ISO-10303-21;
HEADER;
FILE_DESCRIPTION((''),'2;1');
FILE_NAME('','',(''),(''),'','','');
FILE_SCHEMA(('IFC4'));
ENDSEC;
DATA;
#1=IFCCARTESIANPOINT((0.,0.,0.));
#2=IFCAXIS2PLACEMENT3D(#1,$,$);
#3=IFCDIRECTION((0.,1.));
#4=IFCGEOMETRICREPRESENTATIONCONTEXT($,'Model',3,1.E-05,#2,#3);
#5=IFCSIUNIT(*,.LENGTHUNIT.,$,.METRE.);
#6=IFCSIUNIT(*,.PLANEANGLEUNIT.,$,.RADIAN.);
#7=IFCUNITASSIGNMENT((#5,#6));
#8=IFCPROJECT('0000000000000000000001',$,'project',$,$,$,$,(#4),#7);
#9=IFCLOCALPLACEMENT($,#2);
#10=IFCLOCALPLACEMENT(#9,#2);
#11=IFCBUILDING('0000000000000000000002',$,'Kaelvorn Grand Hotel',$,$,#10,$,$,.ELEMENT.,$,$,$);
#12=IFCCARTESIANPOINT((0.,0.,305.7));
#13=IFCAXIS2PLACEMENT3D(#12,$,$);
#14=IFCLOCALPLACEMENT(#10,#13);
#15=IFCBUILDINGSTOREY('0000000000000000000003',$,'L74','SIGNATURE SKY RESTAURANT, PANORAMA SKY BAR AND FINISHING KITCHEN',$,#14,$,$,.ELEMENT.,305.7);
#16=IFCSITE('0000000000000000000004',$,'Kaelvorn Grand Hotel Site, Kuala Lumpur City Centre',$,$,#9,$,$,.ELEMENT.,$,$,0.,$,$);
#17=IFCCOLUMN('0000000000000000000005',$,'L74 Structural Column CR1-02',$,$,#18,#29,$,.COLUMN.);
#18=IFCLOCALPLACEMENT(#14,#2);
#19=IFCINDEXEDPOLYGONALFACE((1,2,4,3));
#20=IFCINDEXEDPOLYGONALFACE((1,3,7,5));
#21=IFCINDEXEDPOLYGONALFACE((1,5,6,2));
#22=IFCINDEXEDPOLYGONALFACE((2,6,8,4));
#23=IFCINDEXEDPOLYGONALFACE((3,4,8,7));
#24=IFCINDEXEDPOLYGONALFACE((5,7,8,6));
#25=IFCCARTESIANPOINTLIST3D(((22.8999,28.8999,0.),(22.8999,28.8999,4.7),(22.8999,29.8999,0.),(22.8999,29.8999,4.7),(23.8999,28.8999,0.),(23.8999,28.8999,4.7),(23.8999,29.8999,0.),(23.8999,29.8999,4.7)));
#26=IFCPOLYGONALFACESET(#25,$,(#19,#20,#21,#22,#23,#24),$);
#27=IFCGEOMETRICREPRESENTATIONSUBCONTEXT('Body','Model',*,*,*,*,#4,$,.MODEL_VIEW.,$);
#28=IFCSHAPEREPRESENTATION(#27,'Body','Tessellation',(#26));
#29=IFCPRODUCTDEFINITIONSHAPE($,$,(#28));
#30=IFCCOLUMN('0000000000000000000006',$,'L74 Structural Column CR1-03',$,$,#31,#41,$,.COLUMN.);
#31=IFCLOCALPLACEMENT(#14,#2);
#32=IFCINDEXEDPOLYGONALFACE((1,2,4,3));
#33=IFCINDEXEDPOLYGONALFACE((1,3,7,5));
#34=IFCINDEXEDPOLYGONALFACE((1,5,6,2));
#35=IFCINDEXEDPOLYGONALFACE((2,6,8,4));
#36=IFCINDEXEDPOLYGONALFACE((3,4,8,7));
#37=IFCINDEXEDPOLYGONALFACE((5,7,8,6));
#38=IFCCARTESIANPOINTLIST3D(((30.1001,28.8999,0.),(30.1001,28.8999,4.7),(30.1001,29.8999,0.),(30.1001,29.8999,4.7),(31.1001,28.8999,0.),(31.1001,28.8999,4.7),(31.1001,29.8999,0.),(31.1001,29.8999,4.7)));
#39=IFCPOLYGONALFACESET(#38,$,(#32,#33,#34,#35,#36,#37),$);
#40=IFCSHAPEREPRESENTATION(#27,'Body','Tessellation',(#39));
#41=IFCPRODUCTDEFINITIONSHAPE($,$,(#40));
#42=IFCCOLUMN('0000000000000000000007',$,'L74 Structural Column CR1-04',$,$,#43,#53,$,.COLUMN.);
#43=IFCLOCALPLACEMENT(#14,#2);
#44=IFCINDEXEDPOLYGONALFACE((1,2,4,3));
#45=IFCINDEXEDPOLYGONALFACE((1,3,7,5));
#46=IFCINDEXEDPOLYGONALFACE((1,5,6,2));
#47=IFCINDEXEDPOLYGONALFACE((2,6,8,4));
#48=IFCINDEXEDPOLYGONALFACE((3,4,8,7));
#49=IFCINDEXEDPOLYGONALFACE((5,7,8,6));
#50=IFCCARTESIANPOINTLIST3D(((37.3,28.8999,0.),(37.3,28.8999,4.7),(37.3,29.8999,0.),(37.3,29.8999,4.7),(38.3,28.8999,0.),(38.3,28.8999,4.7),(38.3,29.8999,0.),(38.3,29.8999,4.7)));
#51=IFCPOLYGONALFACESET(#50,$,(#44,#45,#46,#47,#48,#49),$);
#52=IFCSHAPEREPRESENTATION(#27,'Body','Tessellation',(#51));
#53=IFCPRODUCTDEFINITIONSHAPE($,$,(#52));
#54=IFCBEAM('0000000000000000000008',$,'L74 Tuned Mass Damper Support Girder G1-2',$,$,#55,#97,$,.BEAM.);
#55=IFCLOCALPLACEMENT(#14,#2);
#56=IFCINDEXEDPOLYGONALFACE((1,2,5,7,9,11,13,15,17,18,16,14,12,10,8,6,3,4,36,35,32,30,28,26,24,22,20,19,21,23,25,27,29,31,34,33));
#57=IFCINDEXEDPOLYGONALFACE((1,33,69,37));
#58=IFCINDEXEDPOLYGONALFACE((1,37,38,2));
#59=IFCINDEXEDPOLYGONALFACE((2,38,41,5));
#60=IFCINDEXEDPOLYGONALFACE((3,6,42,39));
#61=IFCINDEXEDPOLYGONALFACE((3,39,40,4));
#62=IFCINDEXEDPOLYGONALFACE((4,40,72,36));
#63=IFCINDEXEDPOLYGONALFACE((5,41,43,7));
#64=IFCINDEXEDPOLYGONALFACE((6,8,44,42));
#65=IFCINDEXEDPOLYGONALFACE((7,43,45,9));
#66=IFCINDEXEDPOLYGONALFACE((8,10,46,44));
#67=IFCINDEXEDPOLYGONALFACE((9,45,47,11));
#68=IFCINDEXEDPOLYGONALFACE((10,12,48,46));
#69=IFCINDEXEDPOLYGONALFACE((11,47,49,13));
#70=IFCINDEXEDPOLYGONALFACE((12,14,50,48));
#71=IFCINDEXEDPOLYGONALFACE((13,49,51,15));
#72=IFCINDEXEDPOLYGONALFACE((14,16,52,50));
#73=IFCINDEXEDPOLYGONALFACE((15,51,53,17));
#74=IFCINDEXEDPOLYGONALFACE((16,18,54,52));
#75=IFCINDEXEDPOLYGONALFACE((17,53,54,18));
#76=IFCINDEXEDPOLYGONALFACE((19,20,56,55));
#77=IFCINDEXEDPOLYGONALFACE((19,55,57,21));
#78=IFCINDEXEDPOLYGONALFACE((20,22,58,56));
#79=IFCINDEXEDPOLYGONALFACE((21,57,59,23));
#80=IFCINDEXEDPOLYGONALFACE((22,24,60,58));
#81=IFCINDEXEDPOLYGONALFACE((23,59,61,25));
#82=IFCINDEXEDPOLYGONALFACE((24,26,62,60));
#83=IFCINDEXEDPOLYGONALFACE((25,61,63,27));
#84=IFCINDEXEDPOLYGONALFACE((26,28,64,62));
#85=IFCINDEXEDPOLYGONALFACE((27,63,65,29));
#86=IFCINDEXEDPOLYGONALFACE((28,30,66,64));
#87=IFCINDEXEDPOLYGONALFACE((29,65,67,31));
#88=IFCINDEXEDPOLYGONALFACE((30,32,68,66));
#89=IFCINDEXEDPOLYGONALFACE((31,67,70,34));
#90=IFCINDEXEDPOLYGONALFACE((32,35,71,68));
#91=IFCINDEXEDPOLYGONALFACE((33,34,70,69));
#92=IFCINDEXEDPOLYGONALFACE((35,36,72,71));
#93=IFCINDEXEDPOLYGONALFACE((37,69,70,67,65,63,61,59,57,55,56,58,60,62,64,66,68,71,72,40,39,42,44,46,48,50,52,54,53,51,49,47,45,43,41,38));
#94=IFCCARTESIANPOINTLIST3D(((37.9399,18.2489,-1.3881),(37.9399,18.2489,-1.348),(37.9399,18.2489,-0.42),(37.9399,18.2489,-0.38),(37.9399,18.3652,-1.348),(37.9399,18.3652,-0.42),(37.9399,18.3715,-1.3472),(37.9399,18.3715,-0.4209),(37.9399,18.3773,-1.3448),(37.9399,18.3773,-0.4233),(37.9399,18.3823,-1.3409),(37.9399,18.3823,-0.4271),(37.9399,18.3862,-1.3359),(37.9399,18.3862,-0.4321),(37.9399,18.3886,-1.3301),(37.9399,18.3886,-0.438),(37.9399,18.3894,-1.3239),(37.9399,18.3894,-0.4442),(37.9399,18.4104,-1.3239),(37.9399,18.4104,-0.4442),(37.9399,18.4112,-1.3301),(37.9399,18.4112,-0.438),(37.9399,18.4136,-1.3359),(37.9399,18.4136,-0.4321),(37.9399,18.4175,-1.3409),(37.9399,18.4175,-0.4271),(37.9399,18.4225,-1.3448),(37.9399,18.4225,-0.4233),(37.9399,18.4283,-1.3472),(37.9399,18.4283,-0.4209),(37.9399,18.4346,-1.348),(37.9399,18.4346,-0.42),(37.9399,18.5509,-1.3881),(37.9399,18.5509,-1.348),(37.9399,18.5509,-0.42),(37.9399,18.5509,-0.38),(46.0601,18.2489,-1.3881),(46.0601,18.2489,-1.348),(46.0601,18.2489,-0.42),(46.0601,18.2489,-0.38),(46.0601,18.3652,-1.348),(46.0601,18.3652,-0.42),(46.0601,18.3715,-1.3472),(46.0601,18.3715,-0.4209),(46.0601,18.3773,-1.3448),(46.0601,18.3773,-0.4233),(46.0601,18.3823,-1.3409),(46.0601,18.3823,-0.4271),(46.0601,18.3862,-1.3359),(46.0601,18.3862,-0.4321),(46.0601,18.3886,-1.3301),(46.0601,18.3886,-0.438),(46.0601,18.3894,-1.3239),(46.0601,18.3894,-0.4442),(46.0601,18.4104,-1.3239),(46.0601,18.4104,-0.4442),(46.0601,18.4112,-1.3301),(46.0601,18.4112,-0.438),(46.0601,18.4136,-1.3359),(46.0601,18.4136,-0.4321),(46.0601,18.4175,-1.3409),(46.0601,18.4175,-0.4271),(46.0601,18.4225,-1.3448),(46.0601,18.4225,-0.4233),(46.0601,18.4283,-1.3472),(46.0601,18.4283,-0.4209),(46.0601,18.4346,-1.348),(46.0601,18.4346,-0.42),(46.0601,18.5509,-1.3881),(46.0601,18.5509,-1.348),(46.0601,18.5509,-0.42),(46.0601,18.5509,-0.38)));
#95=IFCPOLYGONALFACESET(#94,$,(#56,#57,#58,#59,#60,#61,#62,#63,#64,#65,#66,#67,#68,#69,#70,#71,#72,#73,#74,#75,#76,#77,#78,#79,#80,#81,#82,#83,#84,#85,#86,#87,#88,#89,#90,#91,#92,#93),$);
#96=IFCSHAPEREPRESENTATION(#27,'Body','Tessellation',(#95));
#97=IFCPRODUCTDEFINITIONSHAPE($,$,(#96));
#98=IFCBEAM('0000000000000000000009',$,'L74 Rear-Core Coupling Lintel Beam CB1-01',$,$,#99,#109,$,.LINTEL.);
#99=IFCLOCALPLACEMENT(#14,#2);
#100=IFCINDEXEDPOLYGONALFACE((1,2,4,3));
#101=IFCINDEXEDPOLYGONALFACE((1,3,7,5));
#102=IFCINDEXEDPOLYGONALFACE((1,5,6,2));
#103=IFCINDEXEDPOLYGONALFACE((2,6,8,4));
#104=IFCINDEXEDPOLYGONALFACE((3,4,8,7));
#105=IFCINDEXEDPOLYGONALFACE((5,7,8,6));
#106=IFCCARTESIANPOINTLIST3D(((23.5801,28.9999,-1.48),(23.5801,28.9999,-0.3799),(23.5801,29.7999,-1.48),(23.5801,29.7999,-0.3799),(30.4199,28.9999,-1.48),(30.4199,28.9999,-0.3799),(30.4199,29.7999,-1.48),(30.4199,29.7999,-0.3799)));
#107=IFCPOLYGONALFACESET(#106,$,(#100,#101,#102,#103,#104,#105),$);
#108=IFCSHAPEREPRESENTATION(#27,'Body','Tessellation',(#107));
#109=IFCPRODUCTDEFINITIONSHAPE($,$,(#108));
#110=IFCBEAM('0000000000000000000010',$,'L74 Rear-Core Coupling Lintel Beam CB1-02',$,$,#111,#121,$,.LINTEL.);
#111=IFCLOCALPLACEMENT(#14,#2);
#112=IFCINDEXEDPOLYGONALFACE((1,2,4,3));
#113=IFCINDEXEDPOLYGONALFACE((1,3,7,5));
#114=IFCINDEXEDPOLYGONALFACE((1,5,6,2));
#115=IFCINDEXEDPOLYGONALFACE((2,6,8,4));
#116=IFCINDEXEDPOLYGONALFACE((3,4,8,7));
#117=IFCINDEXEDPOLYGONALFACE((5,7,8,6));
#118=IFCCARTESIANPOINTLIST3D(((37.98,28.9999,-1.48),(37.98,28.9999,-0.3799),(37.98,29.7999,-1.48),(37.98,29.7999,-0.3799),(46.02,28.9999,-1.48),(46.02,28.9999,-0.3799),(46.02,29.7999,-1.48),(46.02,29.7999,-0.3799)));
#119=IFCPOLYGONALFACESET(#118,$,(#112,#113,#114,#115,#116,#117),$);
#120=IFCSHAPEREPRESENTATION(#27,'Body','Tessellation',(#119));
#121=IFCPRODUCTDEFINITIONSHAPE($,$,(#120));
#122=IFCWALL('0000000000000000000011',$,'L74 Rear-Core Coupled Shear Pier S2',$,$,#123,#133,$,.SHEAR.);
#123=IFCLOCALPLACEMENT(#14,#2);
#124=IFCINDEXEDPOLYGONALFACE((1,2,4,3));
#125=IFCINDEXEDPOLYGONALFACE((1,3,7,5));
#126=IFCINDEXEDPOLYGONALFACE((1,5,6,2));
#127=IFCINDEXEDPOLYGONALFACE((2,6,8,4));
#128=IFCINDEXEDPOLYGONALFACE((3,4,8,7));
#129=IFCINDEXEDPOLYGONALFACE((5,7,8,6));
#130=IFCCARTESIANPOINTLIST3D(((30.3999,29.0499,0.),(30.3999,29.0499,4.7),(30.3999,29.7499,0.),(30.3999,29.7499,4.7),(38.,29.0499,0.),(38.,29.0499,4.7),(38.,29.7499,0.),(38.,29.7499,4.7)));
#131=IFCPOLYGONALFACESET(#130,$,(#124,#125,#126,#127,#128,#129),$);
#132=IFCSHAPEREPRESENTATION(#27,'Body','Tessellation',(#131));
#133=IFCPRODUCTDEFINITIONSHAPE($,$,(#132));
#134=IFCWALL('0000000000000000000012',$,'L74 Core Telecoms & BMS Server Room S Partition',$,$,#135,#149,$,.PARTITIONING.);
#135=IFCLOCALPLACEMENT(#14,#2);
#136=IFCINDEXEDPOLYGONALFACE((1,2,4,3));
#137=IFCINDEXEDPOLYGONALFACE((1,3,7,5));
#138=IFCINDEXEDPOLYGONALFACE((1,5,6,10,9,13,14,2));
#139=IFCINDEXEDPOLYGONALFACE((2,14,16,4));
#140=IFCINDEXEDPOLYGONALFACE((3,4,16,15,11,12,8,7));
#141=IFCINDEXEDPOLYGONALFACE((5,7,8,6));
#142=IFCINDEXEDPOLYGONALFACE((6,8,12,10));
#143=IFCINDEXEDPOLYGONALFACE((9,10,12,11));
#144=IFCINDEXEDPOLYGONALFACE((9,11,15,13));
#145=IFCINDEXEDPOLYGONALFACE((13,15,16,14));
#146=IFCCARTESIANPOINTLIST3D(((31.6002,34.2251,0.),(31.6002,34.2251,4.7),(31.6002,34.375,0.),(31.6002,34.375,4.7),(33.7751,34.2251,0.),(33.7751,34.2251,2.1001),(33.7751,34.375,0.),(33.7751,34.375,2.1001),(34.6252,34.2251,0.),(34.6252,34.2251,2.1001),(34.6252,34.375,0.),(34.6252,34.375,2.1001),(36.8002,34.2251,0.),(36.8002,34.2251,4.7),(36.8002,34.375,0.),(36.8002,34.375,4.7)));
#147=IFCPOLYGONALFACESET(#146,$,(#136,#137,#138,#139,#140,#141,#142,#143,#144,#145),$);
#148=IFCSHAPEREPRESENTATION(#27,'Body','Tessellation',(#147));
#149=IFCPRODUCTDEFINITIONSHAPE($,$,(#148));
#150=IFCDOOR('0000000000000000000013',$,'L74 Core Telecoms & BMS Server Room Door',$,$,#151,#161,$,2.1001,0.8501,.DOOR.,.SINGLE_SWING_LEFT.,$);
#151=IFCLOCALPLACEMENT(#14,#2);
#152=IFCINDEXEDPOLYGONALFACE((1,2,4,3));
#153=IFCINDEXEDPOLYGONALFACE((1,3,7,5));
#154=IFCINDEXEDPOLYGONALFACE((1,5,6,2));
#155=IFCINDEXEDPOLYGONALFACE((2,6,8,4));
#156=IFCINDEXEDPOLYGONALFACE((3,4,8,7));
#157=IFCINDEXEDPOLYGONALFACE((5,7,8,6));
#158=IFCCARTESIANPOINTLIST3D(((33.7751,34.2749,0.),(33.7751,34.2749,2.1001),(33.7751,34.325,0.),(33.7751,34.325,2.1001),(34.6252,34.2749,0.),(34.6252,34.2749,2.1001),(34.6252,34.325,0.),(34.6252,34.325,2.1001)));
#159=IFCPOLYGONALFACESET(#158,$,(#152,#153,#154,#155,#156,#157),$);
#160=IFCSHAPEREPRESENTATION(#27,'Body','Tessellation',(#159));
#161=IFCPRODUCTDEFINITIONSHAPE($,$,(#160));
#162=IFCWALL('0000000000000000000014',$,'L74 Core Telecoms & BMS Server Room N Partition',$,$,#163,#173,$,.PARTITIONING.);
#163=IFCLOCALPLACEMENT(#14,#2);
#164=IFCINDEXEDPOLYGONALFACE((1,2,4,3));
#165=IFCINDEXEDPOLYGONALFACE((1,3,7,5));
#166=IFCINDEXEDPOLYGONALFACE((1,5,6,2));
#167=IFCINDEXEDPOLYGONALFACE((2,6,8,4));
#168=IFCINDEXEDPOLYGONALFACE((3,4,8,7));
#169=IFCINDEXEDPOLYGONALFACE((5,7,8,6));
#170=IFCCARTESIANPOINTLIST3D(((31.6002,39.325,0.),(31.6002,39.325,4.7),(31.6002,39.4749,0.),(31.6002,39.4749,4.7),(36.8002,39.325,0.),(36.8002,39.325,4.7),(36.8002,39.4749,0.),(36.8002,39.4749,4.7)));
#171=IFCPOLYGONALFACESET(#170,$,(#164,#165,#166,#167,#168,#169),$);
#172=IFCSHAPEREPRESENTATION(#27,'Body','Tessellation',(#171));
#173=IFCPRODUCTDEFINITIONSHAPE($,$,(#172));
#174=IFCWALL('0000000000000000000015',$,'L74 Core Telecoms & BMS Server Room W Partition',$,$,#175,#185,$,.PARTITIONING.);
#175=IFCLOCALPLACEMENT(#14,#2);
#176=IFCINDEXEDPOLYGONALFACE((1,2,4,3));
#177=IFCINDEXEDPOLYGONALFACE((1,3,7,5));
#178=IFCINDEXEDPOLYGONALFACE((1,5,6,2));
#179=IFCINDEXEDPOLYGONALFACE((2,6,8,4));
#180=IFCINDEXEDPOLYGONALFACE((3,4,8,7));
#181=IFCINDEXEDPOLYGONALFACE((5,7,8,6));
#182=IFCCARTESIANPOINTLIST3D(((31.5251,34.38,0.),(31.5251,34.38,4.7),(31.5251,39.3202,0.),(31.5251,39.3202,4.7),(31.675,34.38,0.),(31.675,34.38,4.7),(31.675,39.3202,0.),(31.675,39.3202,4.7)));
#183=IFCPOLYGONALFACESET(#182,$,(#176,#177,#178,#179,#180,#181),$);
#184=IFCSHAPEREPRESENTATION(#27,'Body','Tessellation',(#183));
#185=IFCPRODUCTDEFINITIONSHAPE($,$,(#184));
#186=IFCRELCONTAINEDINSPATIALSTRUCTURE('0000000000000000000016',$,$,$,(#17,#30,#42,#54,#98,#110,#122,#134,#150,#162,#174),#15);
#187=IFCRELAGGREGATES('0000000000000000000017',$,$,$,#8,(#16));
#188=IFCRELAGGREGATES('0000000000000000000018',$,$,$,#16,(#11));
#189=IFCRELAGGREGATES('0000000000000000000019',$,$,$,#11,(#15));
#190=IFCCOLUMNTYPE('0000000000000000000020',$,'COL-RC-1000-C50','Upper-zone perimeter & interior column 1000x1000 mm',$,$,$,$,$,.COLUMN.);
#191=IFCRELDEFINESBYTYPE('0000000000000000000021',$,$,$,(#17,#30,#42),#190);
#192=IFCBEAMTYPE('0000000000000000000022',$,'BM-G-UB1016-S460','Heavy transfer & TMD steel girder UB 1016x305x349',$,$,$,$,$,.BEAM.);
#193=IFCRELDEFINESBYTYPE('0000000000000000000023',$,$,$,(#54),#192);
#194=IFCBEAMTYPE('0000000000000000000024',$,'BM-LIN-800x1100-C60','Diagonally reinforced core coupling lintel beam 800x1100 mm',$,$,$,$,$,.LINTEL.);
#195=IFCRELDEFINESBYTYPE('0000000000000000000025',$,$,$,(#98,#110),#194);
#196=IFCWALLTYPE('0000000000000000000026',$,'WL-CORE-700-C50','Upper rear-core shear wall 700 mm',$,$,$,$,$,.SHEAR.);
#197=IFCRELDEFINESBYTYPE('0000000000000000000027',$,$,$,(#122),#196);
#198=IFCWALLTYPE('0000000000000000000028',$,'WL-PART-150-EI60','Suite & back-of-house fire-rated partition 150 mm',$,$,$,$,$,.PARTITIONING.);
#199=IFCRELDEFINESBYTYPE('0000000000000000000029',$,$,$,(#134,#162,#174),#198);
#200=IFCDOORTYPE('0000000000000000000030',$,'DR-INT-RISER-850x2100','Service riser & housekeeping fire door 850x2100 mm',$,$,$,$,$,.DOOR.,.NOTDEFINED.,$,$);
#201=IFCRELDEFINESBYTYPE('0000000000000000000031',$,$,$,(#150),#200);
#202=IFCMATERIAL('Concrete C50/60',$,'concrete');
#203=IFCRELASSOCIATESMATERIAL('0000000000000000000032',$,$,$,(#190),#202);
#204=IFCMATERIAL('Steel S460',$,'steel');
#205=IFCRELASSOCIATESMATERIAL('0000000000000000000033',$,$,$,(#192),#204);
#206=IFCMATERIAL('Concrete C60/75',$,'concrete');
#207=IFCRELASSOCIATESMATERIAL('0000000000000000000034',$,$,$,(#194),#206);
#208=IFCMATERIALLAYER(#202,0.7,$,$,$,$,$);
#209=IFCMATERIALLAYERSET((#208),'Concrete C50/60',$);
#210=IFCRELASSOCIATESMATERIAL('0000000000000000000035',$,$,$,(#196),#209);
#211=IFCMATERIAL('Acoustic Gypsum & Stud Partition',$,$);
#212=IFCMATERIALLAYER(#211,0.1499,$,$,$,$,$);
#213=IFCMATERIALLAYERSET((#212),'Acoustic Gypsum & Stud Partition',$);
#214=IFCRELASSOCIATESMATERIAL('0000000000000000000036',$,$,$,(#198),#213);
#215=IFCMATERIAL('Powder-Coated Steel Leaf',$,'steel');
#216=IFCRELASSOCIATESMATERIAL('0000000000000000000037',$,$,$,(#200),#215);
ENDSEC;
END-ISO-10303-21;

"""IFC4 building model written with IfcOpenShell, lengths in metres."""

from ifc_helpers import new_model, si_unit, direction, frame, frame_2d, origin, origin_2d, place, context, subcontext, project, spatial, rectangle, i_section, extrude, material, layer, layer_set, material_profile, profile_set, type_object, element, fill, save


model = new_model("IFC4")

# Units and contexts
model_context = context("Model", 3, precision=1e-05, world=origin(), true_north=direction((0.0, 1.0)))
body_context = subcontext(model_context, "Body", "Model", "MODEL_VIEW")
ifc_project = project(units=[si_unit("LENGTHUNIT", "METRE"), si_unit("PLANEANGLEUNIT", "RADIAN")], contexts=[model_context])

# Site, building, storey
site_placement = place(None, origin())
site = spatial("IfcSite", under=ifc_project, at=site_placement, Name="Kaelvorn Grand Hotel Site, Kuala Lumpur City Centre", CompositionType="ELEMENT", RefElevation=0.0)
building_placement = place(site_placement, origin())
building = spatial("IfcBuilding", under=site, at=building_placement, Name="Kaelvorn Grand Hotel", CompositionType="ELEMENT")
storey_placement = place(building_placement, frame((0.0, 0.0, 305.7)))
storey = spatial("IfcBuildingStorey", under=building, at=storey_placement, Name="L74", Description="SIGNATURE SKY RESTAURANT, PANORAMA SKY BAR AND FINISHING KITCHEN", CompositionType="ELEMENT", Elevation=305.7)

# Columns
ifc_material_1 = material(Name="Concrete C50/60", Category="concrete")
ifc_material_profile_1 = material_profile(ifc_material_1, rectangle(XDim=1.0, YDim=1.0, at=origin_2d()), Name="RC COL 1000x1000")
ifc_profile_set_1 = profile_set([ifc_material_profile_1], Name="Concrete C50/60")
column_type = type_object("IfcColumnType", Name="COL-RC-1000-C50", Description="Upper-zone perimeter & interior column 1000x1000 mm", PredefinedType="COLUMN", material=ifc_profile_set_1)
for number, where, z_axis, x_axis, name in (
    (1, (23.3999, 29.3999, 0.0), (0.0, 0.0, 1.0), (1.0, 0.0, 0.0), "L74 Structural Column CR1-02"),
    (2, (30.6001, 29.3999, 0.0), (0.0, 0.0, 1.0), (1.0, 0.0, 0.0), "L74 Structural Column CR1-03"),
    (3, (37.8, 29.3999, 0.0), (0.0, 0.0, 1.0), (1.0, 0.0, 0.0), "L74 Structural Column CR1-04"),
):
    element("IfcColumn", number, at=place(storey_placement, frame(where, z_axis=z_axis, x_axis=x_axis)), inside=storey, type_object=column_type, Name=name, PredefinedType="COLUMN", context=body_context, shape_type="SweptSolid", body=[
        extrude(rectangle(XDim=1.0, YDim=1.0, at=origin_2d()), origin(), (0.0, 0.0, 1.0), 4.7),
    ])

# Beams
ifc_material_2 = material(Name="Steel S460", Category="steel")
ifc_material_profile_2 = material_profile(ifc_material_2, i_section(OverallWidth=0.302, OverallDepth=1.0081, WebThickness=0.021, FlangeThickness=0.04, FilletRadius=0.0242, at=origin_2d()), Name="UB 1016x305x349")
ifc_profile_set_2 = profile_set([ifc_material_profile_2], Name="Steel S460")
beam_type_1 = type_object("IfcBeamType", Name="BM-G-UB1016-S460", Description="Heavy transfer & TMD steel girder UB 1016x305x349", PredefinedType="BEAM", material=ifc_profile_set_2)
beam_1_placement = place(storey_placement, frame((37.9399, 18.3999, -0.884), z_axis=(1.0, 0.0, 0.0), x_axis=(0.0, 1.0, 0.0)))
element("IfcBeam", 4, at=beam_1_placement, inside=storey, type_object=beam_type_1, Name="L74 Tuned Mass Damper Support Girder G1-2", PredefinedType="BEAM", context=body_context, shape_type="SweptSolid", body=[
    extrude(i_section(OverallWidth=0.302, OverallDepth=1.0081, WebThickness=0.021, FlangeThickness=0.04, FilletRadius=0.0242, at=origin_2d()), origin(), (0.0, 0.0, 1.0), 8.1201),
])
ifc_material_3 = material(Name="Concrete C60/75", Category="concrete")
ifc_material_profile_3 = material_profile(ifc_material_3, rectangle(XDim=0.8, YDim=1.1001, at=origin_2d()), Name="RC LINTEL 800x1100")
ifc_profile_set_3 = profile_set([ifc_material_profile_3], Name="Concrete C60/75")
beam_type_2 = type_object("IfcBeamType", Name="BM-LIN-800x1100-C60", Description="Diagonally reinforced core coupling lintel beam 800x1100 mm", PredefinedType="LINTEL", material=ifc_profile_set_3)
beam_2_placement = place(storey_placement, frame((23.5801, 29.3999, -0.9299), z_axis=(1.0, 0.0, 0.0), x_axis=(0.0, 1.0, 0.0)))
element("IfcBeam", 5, at=beam_2_placement, inside=storey, type_object=beam_type_2, Name="L74 Rear-Core Coupling Lintel Beam CB1-01", PredefinedType="LINTEL", context=body_context, shape_type="SweptSolid", body=[
    extrude(rectangle(XDim=0.8, YDim=1.1001, at=origin_2d()), origin(), (0.0, 0.0, 1.0), 6.8398),
])
beam_3_placement = place(storey_placement, frame((37.98, 29.3999, -0.9299), z_axis=(1.0, 0.0, 0.0), x_axis=(0.0, 1.0, 0.0)))
element("IfcBeam", 6, at=beam_3_placement, inside=storey, type_object=beam_type_2, Name="L74 Rear-Core Coupling Lintel Beam CB1-02", PredefinedType="LINTEL", context=body_context, shape_type="SweptSolid", body=[
    extrude(rectangle(XDim=0.8, YDim=1.1001, at=origin_2d()), origin(), (0.0, 0.0, 1.0), 8.04),
])

# Wall
ifc_layer_1 = layer(ifc_material_1, 0.7)
ifc_layer_set_1 = layer_set([ifc_layer_1], Name="Concrete C50/60")
wall_type_1 = type_object("IfcWallType", Name="WL-CORE-700-C50", Description="Upper rear-core shear wall 700 mm", PredefinedType="SHEAR", material=ifc_layer_set_1)
wall_1_placement = place(storey_placement, frame((30.3999, 29.3999, 0.0), z_axis=(0.0, 0.0, 1.0), x_axis=(1.0, 0.0, 0.0)))
element("IfcWall", 7, at=wall_1_placement, inside=storey, type_object=wall_type_1, Name="L74 Rear-Core Coupled Shear Pier S2", PredefinedType="SHEAR", context=body_context, shape_type="SweptSolid", body=[
    extrude(rectangle(XDim=7.6001, YDim=0.7, at=frame_2d((3.8, 0.0))), origin(), (0.0, 0.0, 1.0), 4.7),
])

# Wall, opening, door
ifc_material_4 = material(Name="Acoustic Gypsum & Stud Partition")
ifc_layer_2 = layer(ifc_material_4, 0.1499)
ifc_layer_set_2 = layer_set([ifc_layer_2], Name="Acoustic Gypsum & Stud Partition")
wall_type_2 = type_object("IfcWallType", Name="WL-PART-150-EI60", Description="Suite & back-of-house fire-rated partition 150 mm", PredefinedType="PARTITIONING", material=ifc_layer_set_2)
wall_2_placement = place(storey_placement, frame((31.6001, 34.3, 0.0), z_axis=(0.0, 0.0, 1.0), x_axis=(1.0, 0.0, 0.0)))
wall_2 = element("IfcWall", 8, at=wall_2_placement, inside=storey, type_object=wall_type_2, Name="L74 Core Telecoms & BMS Server Room S Partition", PredefinedType="PARTITIONING", context=body_context, shape_type="SweptSolid", body=[
    extrude(rectangle(XDim=5.2, YDim=0.1499, at=frame_2d((2.6001, 0.0))), origin(), (0.0, 0.0, 1.0), 4.7),
])
opening_1_placement = place(wall_2_placement, frame((2.175, 0.0, 0.0)))
opening_1 = element("IfcOpeningElement", 9, at=opening_1_placement, cuts=wall_2, PredefinedType="OPENING", context=body_context, shape_type="SweptSolid", body=[
    extrude(rectangle(XDim=0.8501, YDim=2.1001, at=frame_2d((0.425, 1.05))), frame((0.0, 0.085, 0.0), z_axis=(0.0, -1.0, 0.0), x_axis=(1.0, 0.0, 0.0)), (0.0, 0.0, 1.0), 0.1699),
])
ifc_material_5 = material(Name="Powder-Coated Steel Leaf", Category="steel")
door_type_1 = type_object("IfcDoorType", Name="DR-INT-RISER-850x2100", Description="Service riser & housekeeping fire door 850x2100 mm", OperationType="NOTDEFINED", PredefinedType="DOOR", material=ifc_material_5)
door_1_placement = place(opening_1_placement, origin())
door_1 = element("IfcDoor", 10, at=door_1_placement, inside=storey, type_object=door_type_1, Name="L74 Core Telecoms & BMS Server Room Door", OperationType="SINGLE_SWING_LEFT", OverallHeight=2.1001, OverallWidth=0.8501, PredefinedType="DOOR", context=body_context, shape_type="SweptSolid", body=[
    extrude(rectangle(XDim=0.8501, YDim=2.1001, at=frame_2d((0.425, 1.05))), frame((0.0, 0.0249, 0.0), z_axis=(0.0, -1.0, 0.0), x_axis=(1.0, 0.0, 0.0)), (0.0, 0.0, 1.0), 0.05),
])
fill(opening_1, door_1)

# Walls
wall_3_placement = place(storey_placement, frame((31.6001, 39.3999, 0.0), z_axis=(0.0, 0.0, 1.0), x_axis=(1.0, 0.0, 0.0)))
element("IfcWall", 11, at=wall_3_placement, inside=storey, type_object=wall_type_2, Name="L74 Core Telecoms & BMS Server Room N Partition", PredefinedType="PARTITIONING", context=body_context, shape_type="SweptSolid", body=[
    extrude(rectangle(XDim=5.2, YDim=0.1499, at=frame_2d((2.6001, 0.0))), origin(), (0.0, 0.0, 1.0), 4.7),
])
for number, where, z_axis, x_axis, name in (
    (12, (31.6001, 34.3799, 0.0), (0.0, 0.0, 1.0), (0.0, 1.0, 0.0), "L74 Core Telecoms & BMS Server Room W Partition"),
):
    element("IfcWall", number, at=place(storey_placement, frame(where, z_axis=z_axis, x_axis=x_axis)), inside=storey, type_object=wall_type_2, Name=name, PredefinedType="PARTITIONING", context=body_context, shape_type="SweptSolid", body=[
        extrude(rectangle(XDim=4.9402, YDim=0.1499, at=frame_2d((2.4702, 0.0))), origin(), (0.0, 0.0, 1.0), 4.7),
    ])

save(model, "model.ifc")
